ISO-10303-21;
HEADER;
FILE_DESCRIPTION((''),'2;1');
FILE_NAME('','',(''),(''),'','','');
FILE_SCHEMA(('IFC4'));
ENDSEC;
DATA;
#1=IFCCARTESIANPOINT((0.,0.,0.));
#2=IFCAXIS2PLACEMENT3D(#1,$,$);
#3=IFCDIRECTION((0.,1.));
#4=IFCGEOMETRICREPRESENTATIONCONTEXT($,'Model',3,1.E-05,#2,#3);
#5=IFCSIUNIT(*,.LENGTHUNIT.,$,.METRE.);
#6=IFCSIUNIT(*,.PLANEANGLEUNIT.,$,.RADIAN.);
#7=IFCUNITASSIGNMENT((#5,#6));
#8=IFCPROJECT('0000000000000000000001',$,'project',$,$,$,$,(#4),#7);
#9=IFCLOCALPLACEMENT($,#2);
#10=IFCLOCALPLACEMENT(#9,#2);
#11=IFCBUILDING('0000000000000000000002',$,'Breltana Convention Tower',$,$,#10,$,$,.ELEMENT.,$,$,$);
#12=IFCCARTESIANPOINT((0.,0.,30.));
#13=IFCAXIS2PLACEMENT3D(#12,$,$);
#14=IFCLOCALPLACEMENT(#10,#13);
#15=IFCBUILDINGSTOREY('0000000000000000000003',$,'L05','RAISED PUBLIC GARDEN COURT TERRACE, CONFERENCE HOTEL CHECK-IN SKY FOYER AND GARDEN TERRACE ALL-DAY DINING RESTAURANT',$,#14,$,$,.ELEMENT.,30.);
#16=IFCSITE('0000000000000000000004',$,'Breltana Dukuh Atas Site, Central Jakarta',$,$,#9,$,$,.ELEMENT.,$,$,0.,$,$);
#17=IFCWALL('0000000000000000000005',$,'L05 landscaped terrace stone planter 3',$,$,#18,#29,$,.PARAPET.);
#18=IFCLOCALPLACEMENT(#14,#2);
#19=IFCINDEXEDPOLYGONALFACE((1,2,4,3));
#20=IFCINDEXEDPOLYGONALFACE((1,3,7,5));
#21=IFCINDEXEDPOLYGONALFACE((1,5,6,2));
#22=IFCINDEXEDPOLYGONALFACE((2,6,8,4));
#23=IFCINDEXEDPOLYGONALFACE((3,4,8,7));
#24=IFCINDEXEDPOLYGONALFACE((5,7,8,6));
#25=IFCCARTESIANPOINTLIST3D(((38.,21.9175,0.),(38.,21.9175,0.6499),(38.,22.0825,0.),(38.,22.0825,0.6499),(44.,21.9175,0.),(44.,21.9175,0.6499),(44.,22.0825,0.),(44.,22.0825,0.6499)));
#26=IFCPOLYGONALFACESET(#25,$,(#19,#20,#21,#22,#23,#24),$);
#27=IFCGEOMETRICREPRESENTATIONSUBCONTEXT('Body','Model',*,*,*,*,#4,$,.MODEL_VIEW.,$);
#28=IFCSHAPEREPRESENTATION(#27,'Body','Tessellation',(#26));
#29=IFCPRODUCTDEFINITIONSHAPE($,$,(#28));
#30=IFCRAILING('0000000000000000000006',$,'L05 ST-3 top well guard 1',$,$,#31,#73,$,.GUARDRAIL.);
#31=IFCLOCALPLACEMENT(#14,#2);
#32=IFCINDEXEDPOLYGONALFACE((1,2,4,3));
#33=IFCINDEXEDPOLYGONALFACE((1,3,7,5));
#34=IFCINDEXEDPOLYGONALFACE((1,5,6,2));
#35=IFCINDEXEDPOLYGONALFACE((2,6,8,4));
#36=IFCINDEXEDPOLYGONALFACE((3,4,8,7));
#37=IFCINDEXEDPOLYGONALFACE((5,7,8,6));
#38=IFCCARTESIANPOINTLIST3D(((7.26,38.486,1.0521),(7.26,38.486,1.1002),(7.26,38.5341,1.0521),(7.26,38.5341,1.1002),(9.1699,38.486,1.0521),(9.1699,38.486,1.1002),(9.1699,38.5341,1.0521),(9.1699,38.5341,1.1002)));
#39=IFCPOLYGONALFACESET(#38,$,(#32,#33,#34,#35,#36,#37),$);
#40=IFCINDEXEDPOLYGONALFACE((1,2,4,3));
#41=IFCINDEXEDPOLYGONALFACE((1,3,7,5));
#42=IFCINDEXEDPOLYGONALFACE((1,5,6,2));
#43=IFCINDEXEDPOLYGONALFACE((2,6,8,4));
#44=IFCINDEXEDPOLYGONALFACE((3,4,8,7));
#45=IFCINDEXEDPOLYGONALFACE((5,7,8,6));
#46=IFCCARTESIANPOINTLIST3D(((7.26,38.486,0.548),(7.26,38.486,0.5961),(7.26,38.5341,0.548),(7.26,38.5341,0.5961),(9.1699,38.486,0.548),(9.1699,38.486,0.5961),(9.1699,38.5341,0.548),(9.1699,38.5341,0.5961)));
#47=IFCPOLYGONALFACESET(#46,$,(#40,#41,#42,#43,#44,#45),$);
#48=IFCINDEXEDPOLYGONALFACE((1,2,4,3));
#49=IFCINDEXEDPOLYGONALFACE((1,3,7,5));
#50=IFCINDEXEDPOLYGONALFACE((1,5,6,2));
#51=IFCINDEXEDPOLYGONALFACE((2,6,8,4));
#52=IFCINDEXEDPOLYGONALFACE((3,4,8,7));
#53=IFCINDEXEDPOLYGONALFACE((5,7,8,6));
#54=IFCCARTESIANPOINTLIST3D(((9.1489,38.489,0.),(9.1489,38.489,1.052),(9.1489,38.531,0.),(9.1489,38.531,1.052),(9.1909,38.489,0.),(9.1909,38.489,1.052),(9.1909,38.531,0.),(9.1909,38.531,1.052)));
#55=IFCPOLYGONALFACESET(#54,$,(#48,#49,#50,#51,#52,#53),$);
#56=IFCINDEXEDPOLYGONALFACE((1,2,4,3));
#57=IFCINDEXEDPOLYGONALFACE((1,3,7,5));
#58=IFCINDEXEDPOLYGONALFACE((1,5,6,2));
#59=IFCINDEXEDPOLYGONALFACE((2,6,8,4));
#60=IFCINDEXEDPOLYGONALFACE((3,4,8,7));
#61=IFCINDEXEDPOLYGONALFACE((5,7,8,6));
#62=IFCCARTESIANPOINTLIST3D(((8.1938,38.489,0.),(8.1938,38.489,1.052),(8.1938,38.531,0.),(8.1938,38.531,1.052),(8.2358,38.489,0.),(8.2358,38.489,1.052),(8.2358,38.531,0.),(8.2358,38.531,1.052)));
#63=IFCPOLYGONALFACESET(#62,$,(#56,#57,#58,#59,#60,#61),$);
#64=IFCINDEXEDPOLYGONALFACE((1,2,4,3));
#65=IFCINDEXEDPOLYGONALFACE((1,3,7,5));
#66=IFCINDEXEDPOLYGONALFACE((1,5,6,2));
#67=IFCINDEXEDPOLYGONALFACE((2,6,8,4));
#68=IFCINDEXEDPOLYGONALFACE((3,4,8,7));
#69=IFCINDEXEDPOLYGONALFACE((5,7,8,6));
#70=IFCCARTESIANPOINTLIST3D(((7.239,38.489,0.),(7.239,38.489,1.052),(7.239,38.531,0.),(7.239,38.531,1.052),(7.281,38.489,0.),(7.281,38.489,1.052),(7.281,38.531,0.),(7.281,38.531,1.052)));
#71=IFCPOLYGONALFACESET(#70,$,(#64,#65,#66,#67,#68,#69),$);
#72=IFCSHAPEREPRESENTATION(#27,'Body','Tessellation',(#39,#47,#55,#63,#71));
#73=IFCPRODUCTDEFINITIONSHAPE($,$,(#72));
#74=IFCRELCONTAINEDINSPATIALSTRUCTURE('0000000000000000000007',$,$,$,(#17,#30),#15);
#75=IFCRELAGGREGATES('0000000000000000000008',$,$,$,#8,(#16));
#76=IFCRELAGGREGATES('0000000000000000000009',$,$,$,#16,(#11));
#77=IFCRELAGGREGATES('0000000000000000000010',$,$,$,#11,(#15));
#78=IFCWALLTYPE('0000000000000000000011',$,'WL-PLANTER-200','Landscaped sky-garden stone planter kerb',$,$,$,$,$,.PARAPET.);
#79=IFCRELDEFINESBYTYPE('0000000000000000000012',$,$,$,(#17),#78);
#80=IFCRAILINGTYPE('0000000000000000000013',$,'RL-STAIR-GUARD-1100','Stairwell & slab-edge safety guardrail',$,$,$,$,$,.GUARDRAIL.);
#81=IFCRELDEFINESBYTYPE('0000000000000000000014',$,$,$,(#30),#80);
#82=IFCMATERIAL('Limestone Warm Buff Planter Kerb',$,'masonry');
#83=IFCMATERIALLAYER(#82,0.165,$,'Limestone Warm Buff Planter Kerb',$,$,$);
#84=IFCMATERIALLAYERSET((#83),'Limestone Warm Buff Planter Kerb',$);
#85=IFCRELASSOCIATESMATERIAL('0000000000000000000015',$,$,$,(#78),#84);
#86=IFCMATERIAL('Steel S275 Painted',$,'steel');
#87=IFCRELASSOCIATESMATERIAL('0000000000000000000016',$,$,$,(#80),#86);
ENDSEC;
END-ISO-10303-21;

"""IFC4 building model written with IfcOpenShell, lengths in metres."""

from ifc_helpers import new_model, si_unit, direction, frame, frame_2d, origin, origin_2d, place, context, subcontext, project, spatial, rectangle, extrude, source, transform, mapped, material, layer, layer_set, type_object, type_shapes, element, save


model = new_model("IFC4")

# Units and contexts
model_context = context("Model", 3, precision=1e-05, world=origin(), true_north=direction((0.0, 1.0)))
body_context = subcontext(model_context, "Body", "Model", "MODEL_VIEW")
ifc_project = project(units=[si_unit("LENGTHUNIT", "METRE"), si_unit("PLANEANGLEUNIT", "RADIAN")], contexts=[model_context])

# Site, building, storey
site_placement = place(None, origin())
site = spatial("IfcSite", under=ifc_project, at=site_placement, Name="Breltana Dukuh Atas Site, Central Jakarta", CompositionType="ELEMENT", RefElevation=0.0)
building_placement = place(site_placement, origin())
building = spatial("IfcBuilding", under=site, at=building_placement, Name="Breltana Convention Tower", CompositionType="ELEMENT")
storey_placement = place(building_placement, frame((0.0, 0.0, 30.0)))
storey = spatial("IfcBuildingStorey", under=building, at=storey_placement, Name="L05", Description="RAISED PUBLIC GARDEN COURT TERRACE, CONFERENCE HOTEL CHECK-IN SKY FOYER AND GARDEN TERRACE ALL-DAY DINING RESTAURANT", CompositionType="ELEMENT", Elevation=30.0)

# Wall
ifc_material_1 = material(Name="Limestone Warm Buff Planter Kerb", Category="masonry")
ifc_layer_1 = layer(ifc_material_1, 0.165, Name="Limestone Warm Buff Planter Kerb")
ifc_layer_set_1 = layer_set([ifc_layer_1], Name="Limestone Warm Buff Planter Kerb")
wall_type_1 = type_object("IfcWallType", Name="WL-PLANTER-200", Description="Landscaped sky-garden stone planter kerb", PredefinedType="PARAPET", material=ifc_layer_set_1)
shared_shape_1 = source(origin(), body_context, "Body", "SweptSolid", [
    extrude(rectangle(XDim=6.0, YDim=0.165, at=frame_2d((3.0, 0.0))), origin(), (0.0, 0.0, 1.0), 0.6499),
])
type_shapes(wall_type_1, [shared_shape_1])
for number, where, z_axis, x_axis, name in (
    (1, (38.0, 22.0, 0.0), (0.0, 0.0, 1.0), (1.0, 0.0, 0.0), "L05 landscaped terrace stone planter 3"),
):
    element("IfcWall", number, at=place(storey_placement, frame(where, z_axis=z_axis, x_axis=x_axis)), inside=storey, type_object=wall_type_1, Name=name, PredefinedType="PARAPET", context=body_context, shape_type="MappedRepresentation", body=[
        mapped(shared_shape_1, transform((0.0, 0.0, 0.0), scale=1.0)),
    ])

# Railing
ifc_material_2 = material(Name="Steel S275 Painted", Category="steel")
railing_type_1 = type_object("IfcRailingType", Name="RL-STAIR-GUARD-1100", Description="Stairwell & slab-edge safety guardrail", PredefinedType="GUARDRAIL", material=ifc_material_2)
railing_1_placement = place(storey_placement, frame((9.1699, 38.51, 0.0)))
element("IfcRailing", 2, at=railing_1_placement, inside=storey, type_object=railing_type_1, Name="L05 ST-3 top well guard 1", PredefinedType="GUARDRAIL", context=body_context, shape_type="SweptSolid", body=[
    extrude(rectangle(XDim=0.0481, YDim=0.0481, at=origin_2d()), frame((0.0, 0.0, 1.0762), z_axis=(-1.0, 0.0, 0.0), x_axis=(0.0, -1.0, 0.0)), (0.0, 0.0, 1.0), 1.9099),
    extrude(rectangle(XDim=0.0481, YDim=0.0481, at=origin_2d()), frame((0.0, 0.0, 0.572), z_axis=(-1.0, 0.0, 0.0), x_axis=(0.0, -1.0, 0.0)), (0.0, 0.0, 1.0), 1.9099),
    extrude(rectangle(XDim=0.042, YDim=0.042, at=origin_2d()), origin(), (0.0, 0.0, 1.0), 1.052),
    extrude(rectangle(XDim=0.042, YDim=0.042, at=origin_2d()), frame((-0.9551, 0.0, 0.0)), (0.0, 0.0, 1.0), 1.052),
    extrude(rectangle(XDim=0.042, YDim=0.042, at=origin_2d()), frame((-1.9099, 0.0, 0.0)), (0.0, 0.0, 1.0), 1.052),
])

save(model, "model.ifc")
